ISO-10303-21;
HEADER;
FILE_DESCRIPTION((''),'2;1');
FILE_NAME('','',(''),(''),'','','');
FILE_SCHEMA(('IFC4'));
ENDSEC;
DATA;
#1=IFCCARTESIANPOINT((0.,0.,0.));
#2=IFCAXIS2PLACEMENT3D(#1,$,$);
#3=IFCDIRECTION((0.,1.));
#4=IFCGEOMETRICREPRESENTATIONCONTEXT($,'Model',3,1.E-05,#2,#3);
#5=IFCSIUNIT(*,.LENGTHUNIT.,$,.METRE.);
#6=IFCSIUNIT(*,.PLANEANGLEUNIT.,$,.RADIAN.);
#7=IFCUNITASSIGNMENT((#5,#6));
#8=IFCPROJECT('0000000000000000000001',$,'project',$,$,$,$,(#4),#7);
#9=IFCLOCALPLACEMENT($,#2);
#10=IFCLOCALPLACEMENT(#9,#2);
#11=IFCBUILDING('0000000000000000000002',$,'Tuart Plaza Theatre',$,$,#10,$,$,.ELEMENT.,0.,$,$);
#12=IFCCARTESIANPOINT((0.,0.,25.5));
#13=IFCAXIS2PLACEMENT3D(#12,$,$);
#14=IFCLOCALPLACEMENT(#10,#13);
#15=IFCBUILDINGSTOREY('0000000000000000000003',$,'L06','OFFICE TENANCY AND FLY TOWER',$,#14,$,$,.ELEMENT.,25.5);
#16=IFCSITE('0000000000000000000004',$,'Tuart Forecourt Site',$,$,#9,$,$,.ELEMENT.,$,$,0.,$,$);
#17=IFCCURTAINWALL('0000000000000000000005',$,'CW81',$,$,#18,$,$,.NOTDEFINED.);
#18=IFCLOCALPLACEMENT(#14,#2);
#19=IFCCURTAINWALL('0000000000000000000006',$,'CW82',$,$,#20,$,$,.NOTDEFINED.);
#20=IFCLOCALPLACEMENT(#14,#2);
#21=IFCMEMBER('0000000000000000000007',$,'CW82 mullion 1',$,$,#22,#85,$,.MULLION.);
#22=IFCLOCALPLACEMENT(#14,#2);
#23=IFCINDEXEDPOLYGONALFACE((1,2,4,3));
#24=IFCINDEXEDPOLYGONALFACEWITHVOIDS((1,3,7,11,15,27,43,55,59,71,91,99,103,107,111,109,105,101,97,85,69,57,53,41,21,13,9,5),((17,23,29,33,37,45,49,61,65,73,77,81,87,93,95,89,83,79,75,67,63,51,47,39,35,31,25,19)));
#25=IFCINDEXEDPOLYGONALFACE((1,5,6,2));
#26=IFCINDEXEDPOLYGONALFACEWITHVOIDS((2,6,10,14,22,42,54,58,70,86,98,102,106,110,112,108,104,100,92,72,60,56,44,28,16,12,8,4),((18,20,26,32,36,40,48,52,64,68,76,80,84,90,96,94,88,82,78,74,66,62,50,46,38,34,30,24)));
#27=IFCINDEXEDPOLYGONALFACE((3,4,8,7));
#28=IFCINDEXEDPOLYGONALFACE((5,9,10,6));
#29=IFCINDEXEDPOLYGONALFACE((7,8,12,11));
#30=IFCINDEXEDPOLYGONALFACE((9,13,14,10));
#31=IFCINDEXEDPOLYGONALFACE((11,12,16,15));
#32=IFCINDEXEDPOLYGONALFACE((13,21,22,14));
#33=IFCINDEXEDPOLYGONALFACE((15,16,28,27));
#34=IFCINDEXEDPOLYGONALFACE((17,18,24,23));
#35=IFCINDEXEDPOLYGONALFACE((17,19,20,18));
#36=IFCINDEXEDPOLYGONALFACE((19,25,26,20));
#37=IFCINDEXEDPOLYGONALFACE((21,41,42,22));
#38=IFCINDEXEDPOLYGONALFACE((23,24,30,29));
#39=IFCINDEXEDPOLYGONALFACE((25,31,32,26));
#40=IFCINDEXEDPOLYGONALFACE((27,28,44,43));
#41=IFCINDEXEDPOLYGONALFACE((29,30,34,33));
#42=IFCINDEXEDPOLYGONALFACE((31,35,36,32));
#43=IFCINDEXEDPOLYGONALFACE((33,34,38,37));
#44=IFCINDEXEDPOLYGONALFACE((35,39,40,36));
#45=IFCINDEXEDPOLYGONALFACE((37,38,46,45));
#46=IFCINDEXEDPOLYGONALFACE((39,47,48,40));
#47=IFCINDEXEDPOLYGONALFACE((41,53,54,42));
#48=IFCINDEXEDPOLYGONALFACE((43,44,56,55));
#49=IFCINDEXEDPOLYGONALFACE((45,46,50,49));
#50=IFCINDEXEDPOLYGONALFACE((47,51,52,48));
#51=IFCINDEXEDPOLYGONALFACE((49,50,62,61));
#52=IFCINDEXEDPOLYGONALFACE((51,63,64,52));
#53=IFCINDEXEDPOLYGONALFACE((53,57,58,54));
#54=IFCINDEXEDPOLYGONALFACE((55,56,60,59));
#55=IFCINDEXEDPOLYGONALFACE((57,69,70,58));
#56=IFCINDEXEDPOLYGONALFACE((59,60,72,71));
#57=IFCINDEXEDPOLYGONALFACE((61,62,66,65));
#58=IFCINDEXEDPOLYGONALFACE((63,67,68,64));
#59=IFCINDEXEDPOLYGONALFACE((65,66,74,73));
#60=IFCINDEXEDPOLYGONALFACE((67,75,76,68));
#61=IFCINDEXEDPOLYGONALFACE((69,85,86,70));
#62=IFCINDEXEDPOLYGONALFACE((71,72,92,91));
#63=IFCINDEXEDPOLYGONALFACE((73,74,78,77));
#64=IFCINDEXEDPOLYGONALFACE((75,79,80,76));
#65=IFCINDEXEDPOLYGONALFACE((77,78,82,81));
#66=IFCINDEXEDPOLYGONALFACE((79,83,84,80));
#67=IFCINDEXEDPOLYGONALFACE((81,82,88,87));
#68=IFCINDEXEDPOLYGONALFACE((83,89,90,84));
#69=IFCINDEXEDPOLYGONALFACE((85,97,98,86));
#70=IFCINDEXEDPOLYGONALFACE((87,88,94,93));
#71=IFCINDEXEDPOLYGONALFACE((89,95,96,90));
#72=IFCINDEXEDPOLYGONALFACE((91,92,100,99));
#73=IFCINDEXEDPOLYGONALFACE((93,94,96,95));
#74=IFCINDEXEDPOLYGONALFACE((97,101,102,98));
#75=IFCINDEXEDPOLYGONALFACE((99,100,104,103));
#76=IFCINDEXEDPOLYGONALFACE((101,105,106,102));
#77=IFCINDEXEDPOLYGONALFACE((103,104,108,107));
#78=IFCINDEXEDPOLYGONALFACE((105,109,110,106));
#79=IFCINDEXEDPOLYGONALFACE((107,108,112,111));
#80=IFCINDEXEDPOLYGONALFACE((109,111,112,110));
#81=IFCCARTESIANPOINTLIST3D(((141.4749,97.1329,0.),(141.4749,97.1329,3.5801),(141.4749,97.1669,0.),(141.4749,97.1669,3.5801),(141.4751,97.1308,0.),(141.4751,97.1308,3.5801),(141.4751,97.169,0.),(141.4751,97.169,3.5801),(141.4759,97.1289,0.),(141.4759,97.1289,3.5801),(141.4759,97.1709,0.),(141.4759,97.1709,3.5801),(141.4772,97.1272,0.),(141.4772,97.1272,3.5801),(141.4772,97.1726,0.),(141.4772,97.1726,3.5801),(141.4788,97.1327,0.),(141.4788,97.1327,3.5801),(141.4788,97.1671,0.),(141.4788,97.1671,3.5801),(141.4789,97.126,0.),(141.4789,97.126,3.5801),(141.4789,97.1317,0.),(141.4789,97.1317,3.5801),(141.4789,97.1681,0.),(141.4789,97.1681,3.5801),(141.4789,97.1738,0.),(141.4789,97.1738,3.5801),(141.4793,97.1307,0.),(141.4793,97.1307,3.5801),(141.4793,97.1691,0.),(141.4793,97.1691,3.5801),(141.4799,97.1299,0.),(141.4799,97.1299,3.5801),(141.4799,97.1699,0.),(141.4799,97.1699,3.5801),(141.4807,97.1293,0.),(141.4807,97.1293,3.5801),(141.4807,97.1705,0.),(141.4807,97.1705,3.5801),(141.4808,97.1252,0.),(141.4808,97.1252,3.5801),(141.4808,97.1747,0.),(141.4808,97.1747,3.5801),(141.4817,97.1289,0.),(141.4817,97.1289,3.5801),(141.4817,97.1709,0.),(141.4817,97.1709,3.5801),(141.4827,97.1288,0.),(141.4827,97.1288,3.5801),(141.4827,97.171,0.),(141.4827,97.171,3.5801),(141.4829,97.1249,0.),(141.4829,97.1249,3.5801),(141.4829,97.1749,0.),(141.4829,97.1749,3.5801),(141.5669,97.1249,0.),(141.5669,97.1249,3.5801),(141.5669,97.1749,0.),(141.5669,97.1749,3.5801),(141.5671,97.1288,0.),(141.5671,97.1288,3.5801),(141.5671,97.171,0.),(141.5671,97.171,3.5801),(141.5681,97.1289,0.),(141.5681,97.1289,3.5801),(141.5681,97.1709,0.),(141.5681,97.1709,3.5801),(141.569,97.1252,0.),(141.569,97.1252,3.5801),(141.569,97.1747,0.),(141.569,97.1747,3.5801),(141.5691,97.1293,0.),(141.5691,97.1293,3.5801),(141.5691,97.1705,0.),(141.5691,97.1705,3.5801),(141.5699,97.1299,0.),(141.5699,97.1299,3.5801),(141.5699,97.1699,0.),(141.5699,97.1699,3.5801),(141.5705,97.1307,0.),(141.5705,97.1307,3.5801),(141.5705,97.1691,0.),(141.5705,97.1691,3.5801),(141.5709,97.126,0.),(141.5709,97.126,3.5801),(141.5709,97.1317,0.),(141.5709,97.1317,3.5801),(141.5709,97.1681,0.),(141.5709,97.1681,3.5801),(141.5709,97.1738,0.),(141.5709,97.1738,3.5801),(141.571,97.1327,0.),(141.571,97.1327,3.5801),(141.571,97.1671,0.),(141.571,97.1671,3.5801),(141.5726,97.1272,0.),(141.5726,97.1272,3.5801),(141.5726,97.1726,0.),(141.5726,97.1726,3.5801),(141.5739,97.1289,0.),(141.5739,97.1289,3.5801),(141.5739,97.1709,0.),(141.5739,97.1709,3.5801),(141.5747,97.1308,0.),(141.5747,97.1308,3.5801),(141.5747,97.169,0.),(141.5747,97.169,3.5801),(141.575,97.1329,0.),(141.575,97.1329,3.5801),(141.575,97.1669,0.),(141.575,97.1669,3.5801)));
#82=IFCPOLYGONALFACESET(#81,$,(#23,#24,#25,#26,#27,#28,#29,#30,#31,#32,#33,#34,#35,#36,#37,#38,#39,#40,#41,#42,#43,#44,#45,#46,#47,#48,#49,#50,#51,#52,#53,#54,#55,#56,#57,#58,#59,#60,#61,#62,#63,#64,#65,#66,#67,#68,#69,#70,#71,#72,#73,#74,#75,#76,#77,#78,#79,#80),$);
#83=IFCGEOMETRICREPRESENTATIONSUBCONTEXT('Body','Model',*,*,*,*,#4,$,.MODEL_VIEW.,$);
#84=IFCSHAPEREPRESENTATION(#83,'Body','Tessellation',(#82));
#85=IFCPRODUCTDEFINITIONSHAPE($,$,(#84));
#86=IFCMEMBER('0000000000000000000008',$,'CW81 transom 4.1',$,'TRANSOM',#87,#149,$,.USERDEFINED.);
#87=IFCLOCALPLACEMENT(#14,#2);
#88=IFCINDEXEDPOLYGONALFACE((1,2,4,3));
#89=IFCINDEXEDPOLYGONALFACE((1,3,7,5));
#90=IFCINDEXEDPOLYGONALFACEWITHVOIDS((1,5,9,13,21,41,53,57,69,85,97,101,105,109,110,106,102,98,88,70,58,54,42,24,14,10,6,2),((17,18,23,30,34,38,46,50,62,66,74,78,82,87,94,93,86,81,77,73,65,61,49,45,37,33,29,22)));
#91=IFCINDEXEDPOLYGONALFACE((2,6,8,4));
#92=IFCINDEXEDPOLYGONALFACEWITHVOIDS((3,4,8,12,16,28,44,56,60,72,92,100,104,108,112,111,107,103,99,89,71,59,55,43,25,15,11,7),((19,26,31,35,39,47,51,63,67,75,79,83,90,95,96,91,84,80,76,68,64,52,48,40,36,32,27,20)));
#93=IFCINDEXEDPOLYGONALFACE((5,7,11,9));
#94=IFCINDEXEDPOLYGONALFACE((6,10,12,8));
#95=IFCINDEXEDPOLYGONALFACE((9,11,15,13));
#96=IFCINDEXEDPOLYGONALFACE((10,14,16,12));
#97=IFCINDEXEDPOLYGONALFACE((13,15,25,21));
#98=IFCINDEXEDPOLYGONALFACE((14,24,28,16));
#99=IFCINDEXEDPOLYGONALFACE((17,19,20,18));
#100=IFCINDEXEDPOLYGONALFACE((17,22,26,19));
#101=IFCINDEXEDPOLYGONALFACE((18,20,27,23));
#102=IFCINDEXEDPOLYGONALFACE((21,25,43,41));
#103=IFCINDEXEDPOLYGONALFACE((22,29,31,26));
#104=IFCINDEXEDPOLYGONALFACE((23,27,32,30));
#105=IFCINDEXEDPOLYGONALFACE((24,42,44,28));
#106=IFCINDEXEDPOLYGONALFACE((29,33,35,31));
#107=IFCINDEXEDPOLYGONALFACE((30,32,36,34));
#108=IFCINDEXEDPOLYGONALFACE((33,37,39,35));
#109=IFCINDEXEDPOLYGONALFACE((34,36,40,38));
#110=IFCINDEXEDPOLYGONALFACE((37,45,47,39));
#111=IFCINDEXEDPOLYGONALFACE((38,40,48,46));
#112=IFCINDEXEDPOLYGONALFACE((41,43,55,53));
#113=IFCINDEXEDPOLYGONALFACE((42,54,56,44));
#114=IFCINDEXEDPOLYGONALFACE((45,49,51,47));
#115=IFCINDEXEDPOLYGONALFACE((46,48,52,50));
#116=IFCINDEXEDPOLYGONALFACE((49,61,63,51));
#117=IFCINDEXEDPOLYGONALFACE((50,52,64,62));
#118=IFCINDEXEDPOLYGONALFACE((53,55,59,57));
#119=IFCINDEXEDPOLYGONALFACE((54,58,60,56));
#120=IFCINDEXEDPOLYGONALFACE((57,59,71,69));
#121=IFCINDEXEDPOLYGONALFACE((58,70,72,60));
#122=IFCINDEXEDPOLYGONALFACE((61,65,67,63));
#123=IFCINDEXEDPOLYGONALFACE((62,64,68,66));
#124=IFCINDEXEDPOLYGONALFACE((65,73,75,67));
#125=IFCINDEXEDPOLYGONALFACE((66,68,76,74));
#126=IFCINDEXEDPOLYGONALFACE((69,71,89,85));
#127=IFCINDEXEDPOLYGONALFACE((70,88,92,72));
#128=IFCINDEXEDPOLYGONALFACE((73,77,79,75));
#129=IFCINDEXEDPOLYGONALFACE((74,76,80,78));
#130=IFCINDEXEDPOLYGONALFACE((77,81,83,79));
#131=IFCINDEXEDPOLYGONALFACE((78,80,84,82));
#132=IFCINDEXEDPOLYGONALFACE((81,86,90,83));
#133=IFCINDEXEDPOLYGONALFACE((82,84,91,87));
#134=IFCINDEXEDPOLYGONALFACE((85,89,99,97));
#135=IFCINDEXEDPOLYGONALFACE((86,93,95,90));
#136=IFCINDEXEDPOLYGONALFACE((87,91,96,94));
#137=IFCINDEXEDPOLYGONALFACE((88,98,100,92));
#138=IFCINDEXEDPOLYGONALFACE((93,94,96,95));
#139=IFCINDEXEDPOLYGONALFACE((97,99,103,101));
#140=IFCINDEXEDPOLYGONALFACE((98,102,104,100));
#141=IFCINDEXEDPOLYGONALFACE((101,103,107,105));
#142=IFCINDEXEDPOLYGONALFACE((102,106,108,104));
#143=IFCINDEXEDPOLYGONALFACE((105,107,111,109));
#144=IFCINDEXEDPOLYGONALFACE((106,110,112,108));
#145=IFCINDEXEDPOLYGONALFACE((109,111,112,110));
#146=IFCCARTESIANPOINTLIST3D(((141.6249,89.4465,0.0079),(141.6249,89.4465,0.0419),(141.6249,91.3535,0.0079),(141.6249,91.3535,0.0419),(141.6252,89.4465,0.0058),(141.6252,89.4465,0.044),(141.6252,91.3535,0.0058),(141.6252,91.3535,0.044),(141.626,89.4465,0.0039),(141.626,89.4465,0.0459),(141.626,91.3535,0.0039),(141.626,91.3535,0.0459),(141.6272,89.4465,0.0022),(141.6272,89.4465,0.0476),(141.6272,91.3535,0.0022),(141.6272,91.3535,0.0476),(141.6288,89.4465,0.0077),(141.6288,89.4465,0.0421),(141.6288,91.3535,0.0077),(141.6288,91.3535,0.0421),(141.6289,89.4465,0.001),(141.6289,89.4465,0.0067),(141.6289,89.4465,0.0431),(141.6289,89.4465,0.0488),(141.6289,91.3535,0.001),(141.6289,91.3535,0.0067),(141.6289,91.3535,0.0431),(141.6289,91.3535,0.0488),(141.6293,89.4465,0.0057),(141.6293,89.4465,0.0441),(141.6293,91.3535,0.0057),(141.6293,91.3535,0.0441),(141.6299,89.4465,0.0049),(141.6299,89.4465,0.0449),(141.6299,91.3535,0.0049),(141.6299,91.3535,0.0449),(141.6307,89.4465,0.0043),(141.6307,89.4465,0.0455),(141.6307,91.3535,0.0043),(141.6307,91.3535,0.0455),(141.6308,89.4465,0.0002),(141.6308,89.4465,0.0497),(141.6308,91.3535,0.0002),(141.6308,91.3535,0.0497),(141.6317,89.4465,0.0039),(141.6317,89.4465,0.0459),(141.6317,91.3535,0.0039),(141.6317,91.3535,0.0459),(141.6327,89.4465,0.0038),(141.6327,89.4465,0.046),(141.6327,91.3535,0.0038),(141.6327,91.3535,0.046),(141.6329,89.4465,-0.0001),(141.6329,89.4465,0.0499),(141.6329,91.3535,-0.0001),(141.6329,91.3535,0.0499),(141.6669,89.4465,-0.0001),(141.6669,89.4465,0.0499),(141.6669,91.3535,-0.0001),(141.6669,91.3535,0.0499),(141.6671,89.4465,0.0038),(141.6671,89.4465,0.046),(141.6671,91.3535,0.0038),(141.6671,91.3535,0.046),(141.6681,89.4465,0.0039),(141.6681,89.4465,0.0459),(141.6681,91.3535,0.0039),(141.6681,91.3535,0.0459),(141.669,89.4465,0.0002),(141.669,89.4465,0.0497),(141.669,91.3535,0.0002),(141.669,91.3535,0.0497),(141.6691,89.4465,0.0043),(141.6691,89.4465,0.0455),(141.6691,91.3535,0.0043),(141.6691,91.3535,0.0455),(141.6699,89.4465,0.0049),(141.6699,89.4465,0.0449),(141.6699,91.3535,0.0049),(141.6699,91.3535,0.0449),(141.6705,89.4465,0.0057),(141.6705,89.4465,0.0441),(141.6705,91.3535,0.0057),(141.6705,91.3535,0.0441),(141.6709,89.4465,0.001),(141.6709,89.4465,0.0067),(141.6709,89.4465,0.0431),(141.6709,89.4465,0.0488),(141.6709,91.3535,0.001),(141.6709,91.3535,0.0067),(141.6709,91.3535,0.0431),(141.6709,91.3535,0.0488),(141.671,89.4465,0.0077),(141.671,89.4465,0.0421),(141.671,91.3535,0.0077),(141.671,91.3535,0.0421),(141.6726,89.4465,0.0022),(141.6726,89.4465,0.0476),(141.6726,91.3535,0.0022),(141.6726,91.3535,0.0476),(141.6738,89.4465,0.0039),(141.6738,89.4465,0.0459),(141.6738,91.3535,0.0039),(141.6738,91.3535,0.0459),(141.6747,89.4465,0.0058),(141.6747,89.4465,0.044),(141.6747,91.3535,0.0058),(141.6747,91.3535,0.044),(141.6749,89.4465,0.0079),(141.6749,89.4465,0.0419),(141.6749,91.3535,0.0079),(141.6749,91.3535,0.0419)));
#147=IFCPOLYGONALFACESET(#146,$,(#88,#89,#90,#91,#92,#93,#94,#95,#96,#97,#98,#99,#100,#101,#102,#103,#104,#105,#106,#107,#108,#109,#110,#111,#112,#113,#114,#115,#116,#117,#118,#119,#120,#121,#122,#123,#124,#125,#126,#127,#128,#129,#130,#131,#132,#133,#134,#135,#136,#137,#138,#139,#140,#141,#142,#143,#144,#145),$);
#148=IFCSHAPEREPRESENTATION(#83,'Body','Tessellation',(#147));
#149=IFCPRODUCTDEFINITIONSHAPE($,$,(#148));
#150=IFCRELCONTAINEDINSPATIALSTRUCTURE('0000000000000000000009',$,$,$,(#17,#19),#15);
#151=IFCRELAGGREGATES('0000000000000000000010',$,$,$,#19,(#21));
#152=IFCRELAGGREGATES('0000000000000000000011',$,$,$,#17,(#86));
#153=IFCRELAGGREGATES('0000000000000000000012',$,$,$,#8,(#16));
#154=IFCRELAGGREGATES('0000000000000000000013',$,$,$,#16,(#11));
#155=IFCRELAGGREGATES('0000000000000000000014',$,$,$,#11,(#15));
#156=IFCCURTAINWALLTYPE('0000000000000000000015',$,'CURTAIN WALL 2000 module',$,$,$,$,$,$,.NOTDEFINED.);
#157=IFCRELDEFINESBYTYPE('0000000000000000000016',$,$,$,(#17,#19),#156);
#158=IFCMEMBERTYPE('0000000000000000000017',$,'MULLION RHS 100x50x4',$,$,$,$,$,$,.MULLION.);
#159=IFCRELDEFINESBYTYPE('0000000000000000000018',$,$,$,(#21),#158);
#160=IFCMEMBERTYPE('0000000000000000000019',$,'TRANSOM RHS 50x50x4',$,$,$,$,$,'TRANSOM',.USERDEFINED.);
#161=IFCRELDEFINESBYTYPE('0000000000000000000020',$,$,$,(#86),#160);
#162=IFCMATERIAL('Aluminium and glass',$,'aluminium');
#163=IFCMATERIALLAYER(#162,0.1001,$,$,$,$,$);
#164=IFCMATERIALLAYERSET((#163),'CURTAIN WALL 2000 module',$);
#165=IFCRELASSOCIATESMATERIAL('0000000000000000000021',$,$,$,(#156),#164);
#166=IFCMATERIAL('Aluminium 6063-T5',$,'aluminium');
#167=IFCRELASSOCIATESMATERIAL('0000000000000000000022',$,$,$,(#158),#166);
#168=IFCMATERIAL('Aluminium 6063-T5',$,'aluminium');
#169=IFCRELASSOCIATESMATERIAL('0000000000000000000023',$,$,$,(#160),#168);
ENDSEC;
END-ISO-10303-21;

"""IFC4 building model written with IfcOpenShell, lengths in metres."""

from ifc_helpers import new_model, si_unit, direction, frame, origin, origin_2d, place, context, subcontext, project, spatial, hollow_rectangle, extrude, material, layer, layer_set, material_profile, profile_set, type_object, element, aggregate, save


model = new_model("IFC4")

# Units and contexts
model_context = context("Model", 3, precision=1e-05, world=origin(), true_north=direction((0.0, 1.0)))
body_context = subcontext(model_context, "Body", "Model", "MODEL_VIEW")
ifc_project = project(units=[si_unit("LENGTHUNIT", "METRE"), si_unit("PLANEANGLEUNIT", "RADIAN")], contexts=[model_context])

# Site, building, storey
site_placement = place(None, origin())
site = spatial("IfcSite", under=ifc_project, at=site_placement, Name="Tuart Forecourt Site", CompositionType="ELEMENT", RefElevation=0.0)
building_placement = place(site_placement, origin())
building = spatial("IfcBuilding", under=site, at=building_placement, Name="Tuart Plaza Theatre", CompositionType="ELEMENT", ElevationOfRefHeight=0.0)
storey_placement = place(building_placement, frame((0.0, 0.0, 25.5)))
storey = spatial("IfcBuildingStorey", under=building, at=storey_placement, Name="L06", Description="OFFICE TENANCY AND FLY TOWER", CompositionType="ELEMENT", Elevation=25.5)

# Curtain wall
ifc_material_1 = material(Name="Aluminium and glass", Category="aluminium")
ifc_layer_1 = layer(ifc_material_1, 0.1001)
ifc_layer_set_1 = layer_set([ifc_layer_1], Name="CURTAIN WALL 2000 module")
curtain_wall_type = type_object("IfcCurtainWallType", Name="CURTAIN WALL 2000 module", PredefinedType="NOTDEFINED", material=ifc_layer_set_1)
curtain_wall_1_placement = place(storey_placement, origin())
curtain_wall_1 = element("IfcCurtainWall", 1, at=curtain_wall_1_placement, inside=storey, type_object=curtain_wall_type, Name="CW81", PredefinedType="NOTDEFINED")
ifc_material_2 = material(Name="Aluminium 6063-T5", Category="aluminium")
ifc_material_profile_1 = material_profile(ifc_material_2, hollow_rectangle(XDim=0.05, YDim=0.1001, WallThickness=0.0039, InnerFilletRadius=0.0039, OuterFilletRadius=0.0081, at=origin_2d()), Name="RHS 100x50x4")
ifc_profile_set_1 = profile_set([ifc_material_profile_1], Name="Aluminium 6063-T5")
member_type_1 = type_object("IfcMemberType", Name="MULLION RHS 100x50x4", PredefinedType="MULLION", material=ifc_profile_set_1)

# Curtain wall, member
curtain_wall_2_placement = place(storey_placement, origin())
curtain_wall_2 = element("IfcCurtainWall", 2, at=curtain_wall_2_placement, inside=storey, type_object=curtain_wall_type, Name="CW82", PredefinedType="NOTDEFINED")
member_1_placement = place(storey_placement, frame((141.5249, 97.1499, 0.0), z_axis=(0.0, 0.0, 1.0), x_axis=(0.0, -1.0, 0.0)))
member_1 = element("IfcMember", 3, at=member_1_placement, type_object=member_type_1, Name="CW82 mullion 1", PredefinedType="MULLION", context=body_context, shape_type="SweptSolid", body=[
    extrude(hollow_rectangle(XDim=0.05, YDim=0.1001, WallThickness=0.0039, InnerFilletRadius=0.0039, OuterFilletRadius=0.0081, at=origin_2d()), origin(), (0.0, 0.0, 1.0), 3.5801),
])

# Member
ifc_material_3 = material(Name="Aluminium 6063-T5", Category="aluminium")
ifc_material_profile_2 = material_profile(ifc_material_3, hollow_rectangle(XDim=0.05, YDim=0.05, WallThickness=0.0039, InnerFilletRadius=0.0039, OuterFilletRadius=0.0081, at=origin_2d()), Name="RHS 50x50x4")
ifc_profile_set_2 = profile_set([ifc_material_profile_2], Name="Aluminium 6063-T5")
member_type_2 = type_object("IfcMemberType", Name="TRANSOM RHS 50x50x4", ElementType="TRANSOM", PredefinedType="USERDEFINED", material=ifc_profile_set_2)
member_2_placement = place(storey_placement, frame((141.6499, 89.4465, 0.0249), z_axis=(0.0, 1.0, 0.0), x_axis=(-1.0, 0.0, 0.0)))
member_2 = element("IfcMember", 4, at=member_2_placement, type_object=member_type_2, Name="CW81 transom 4.1", ObjectType="TRANSOM", PredefinedType="USERDEFINED", context=body_context, shape_type="SweptSolid", body=[
    extrude(hollow_rectangle(XDim=0.05, YDim=0.05, WallThickness=0.0039, InnerFilletRadius=0.0039, OuterFilletRadius=0.0081, at=origin_2d()), origin(), (0.0, 0.0, 1.0), 1.907),
])
aggregate(curtain_wall_2, [member_1])

aggregate(curtain_wall_1, [member_2])

save(model, "model.ifc")
